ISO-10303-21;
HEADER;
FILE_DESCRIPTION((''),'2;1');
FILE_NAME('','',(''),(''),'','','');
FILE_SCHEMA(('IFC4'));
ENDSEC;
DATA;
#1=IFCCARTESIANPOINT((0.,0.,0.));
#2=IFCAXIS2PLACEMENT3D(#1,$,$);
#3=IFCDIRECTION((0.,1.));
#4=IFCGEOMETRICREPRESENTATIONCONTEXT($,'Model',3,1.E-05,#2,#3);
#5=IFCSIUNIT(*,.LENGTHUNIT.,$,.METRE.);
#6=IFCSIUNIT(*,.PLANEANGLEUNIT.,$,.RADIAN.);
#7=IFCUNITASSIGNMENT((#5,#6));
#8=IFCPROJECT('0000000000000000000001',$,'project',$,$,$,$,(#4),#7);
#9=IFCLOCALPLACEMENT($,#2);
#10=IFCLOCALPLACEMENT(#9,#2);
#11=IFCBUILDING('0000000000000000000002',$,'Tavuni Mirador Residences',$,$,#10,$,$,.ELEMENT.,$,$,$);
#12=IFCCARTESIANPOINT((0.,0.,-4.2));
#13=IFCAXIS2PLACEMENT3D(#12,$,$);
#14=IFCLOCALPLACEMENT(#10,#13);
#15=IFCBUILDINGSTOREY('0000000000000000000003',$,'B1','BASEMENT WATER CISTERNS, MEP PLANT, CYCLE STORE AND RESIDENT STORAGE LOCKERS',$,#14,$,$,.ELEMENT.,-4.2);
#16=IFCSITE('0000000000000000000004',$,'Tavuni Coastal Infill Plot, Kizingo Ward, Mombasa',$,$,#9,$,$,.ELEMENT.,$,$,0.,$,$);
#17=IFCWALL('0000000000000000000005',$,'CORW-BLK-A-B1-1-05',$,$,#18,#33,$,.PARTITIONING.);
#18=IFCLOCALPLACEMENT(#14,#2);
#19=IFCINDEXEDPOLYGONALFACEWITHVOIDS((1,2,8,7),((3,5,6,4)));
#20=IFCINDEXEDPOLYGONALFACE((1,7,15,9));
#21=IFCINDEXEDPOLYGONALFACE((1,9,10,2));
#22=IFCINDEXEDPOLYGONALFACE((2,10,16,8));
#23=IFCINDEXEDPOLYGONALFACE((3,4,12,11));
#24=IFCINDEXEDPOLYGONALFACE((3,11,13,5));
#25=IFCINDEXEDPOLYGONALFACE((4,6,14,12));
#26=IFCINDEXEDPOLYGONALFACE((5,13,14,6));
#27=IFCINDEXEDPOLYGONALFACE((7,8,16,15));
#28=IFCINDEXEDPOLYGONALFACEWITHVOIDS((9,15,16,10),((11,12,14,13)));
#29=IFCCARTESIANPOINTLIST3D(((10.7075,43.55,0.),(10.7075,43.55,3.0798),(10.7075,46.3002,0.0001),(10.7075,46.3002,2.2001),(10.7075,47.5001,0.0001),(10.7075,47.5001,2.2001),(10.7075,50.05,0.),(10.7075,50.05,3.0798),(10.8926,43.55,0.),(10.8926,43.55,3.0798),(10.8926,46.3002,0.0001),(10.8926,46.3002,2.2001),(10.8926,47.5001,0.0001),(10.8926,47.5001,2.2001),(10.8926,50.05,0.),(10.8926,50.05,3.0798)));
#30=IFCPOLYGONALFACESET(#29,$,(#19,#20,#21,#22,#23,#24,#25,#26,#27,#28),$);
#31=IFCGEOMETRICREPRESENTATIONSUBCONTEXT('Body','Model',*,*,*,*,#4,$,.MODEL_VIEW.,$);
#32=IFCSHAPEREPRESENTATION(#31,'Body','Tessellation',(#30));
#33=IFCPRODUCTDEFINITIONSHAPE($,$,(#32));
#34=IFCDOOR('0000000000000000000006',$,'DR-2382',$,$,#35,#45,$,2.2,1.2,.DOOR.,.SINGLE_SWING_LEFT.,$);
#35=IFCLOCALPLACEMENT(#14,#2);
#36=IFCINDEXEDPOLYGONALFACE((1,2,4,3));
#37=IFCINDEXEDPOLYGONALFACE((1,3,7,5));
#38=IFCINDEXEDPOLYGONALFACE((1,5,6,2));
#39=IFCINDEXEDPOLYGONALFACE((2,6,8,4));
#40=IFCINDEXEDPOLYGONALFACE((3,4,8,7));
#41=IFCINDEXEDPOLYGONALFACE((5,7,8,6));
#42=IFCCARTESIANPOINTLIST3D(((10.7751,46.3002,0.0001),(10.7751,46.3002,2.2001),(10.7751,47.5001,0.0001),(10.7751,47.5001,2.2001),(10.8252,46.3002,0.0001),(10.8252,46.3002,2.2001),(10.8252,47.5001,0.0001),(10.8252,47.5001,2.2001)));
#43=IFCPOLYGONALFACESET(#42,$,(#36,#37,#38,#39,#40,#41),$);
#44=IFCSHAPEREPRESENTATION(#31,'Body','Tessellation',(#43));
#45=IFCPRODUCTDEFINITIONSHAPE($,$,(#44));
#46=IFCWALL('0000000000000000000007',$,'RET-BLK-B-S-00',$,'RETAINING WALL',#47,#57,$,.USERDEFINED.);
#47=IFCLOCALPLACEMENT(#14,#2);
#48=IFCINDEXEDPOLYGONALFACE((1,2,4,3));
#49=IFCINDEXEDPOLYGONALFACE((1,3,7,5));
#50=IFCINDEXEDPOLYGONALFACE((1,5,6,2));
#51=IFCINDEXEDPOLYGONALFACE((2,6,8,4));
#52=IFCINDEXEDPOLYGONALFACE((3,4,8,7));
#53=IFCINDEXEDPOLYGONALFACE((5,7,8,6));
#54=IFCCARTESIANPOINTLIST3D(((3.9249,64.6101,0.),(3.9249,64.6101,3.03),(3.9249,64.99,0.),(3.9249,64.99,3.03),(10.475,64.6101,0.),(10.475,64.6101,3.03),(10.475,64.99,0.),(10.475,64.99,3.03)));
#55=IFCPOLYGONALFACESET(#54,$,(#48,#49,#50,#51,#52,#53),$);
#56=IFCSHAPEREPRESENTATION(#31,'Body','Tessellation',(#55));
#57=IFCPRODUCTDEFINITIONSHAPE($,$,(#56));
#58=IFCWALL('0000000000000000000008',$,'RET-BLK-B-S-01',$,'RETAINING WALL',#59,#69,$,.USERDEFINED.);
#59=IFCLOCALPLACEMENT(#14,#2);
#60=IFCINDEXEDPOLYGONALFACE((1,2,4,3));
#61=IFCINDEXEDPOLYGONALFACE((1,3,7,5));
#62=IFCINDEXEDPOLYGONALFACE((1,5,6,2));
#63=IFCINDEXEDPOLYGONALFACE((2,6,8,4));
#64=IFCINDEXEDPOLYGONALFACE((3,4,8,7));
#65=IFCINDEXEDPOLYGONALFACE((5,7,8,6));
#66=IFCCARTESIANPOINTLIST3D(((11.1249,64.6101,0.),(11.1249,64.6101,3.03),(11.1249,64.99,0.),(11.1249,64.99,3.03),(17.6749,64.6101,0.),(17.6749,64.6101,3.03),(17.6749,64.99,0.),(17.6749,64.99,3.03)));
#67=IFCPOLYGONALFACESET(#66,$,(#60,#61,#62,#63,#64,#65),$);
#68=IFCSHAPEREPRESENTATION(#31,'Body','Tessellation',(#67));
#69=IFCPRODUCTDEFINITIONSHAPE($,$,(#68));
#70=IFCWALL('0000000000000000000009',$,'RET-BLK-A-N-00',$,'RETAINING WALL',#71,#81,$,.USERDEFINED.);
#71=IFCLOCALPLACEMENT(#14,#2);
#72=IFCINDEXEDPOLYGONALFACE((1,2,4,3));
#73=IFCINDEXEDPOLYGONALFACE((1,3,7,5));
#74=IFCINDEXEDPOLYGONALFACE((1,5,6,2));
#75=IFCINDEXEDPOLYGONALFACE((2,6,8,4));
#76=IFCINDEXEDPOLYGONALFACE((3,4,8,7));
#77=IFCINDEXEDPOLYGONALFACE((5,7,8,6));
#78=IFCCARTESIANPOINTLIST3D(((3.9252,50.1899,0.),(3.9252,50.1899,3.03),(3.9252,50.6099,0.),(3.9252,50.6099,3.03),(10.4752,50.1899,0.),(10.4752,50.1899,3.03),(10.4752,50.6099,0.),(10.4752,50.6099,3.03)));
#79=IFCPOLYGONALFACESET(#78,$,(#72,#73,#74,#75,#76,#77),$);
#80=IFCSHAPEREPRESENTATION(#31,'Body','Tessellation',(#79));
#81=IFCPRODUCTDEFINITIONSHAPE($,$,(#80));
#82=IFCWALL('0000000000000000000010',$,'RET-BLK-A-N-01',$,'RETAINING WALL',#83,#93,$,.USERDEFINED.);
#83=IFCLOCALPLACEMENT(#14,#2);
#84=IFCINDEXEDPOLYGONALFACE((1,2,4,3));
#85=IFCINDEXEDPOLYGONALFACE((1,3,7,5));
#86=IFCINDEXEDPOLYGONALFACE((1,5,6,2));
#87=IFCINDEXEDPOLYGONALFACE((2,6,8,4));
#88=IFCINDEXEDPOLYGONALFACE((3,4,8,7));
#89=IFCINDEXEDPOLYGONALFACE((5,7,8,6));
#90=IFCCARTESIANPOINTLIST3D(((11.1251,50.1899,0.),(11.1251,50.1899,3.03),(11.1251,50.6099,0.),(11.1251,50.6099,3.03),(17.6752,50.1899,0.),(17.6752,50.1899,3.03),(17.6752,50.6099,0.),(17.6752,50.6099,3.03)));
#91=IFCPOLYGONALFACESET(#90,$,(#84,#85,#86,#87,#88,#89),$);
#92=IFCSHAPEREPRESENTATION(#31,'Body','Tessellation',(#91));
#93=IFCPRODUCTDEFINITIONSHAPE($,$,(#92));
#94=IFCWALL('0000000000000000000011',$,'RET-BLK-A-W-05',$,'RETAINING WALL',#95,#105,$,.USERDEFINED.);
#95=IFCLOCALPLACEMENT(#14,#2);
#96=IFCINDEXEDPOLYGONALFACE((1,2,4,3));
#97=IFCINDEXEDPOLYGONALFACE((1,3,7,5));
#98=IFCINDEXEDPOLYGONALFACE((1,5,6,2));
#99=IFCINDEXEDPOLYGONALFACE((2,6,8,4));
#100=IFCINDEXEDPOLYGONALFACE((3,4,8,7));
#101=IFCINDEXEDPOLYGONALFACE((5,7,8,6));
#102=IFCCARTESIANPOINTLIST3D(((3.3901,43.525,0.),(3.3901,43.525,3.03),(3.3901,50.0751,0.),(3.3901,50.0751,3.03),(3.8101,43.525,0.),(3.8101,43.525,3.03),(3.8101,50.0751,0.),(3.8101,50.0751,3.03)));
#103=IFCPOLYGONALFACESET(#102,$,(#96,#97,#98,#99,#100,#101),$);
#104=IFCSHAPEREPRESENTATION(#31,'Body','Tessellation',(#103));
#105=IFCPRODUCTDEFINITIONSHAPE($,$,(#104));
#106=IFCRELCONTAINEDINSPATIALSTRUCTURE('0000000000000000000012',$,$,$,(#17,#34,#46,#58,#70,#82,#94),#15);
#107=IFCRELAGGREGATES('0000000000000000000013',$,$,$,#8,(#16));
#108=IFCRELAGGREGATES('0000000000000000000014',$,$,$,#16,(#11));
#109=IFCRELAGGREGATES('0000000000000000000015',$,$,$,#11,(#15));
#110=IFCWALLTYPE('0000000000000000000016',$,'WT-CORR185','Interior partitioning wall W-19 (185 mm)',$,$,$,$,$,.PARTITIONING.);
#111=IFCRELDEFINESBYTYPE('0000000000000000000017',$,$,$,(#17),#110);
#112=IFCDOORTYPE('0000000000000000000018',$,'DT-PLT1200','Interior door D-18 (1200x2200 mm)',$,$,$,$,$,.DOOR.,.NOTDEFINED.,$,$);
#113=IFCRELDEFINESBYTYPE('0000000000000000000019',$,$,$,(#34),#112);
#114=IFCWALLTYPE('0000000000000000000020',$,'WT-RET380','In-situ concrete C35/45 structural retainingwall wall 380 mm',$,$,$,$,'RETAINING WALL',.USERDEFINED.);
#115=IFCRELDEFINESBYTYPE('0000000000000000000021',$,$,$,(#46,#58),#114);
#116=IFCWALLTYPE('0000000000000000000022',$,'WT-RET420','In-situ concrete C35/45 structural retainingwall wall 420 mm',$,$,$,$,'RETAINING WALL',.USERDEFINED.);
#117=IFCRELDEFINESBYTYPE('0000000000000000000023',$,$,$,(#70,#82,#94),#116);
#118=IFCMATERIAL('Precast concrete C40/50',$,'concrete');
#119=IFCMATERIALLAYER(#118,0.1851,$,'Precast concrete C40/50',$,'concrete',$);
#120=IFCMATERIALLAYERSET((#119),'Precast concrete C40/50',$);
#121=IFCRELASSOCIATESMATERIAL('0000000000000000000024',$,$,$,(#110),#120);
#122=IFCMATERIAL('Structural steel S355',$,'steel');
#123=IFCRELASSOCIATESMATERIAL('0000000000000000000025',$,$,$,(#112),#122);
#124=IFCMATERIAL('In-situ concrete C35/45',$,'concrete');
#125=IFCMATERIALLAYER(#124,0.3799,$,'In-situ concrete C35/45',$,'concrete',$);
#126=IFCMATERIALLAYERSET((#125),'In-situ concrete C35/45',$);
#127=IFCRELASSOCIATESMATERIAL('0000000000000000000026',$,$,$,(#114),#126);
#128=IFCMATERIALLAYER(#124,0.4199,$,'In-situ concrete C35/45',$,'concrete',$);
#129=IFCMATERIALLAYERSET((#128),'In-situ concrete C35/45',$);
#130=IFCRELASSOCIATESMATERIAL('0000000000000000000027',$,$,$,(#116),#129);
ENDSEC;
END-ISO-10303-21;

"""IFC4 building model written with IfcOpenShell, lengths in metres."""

from ifc_helpers import new_model, si_unit, direction, frame, frame_2d, origin, place, context, subcontext, project, spatial, rectangle, extrude, material, layer, layer_set, type_object, element, fill, save


model = new_model("IFC4")

# Units and contexts
model_context = context("Model", 3, precision=1e-05, world=origin(), true_north=direction((0.0, 1.0)))
body_context = subcontext(model_context, "Body", "Model", "MODEL_VIEW")
ifc_project = project(units=[si_unit("LENGTHUNIT", "METRE"), si_unit("PLANEANGLEUNIT", "RADIAN")], contexts=[model_context])

# Site, building, storey
site_placement = place(None, origin())
site = spatial("IfcSite", under=ifc_project, at=site_placement, Name="Tavuni Coastal Infill Plot, Kizingo Ward, Mombasa", CompositionType="ELEMENT", RefElevation=0.0)
building_placement = place(site_placement, origin())
building = spatial("IfcBuilding", under=site, at=building_placement, Name="Tavuni Mirador Residences", CompositionType="ELEMENT")
storey_placement = place(building_placement, frame((0.0, 0.0, -4.2)))
storey = spatial("IfcBuildingStorey", under=building, at=storey_placement, Name="B1", Description="BASEMENT WATER CISTERNS, MEP PLANT, CYCLE STORE AND RESIDENT STORAGE LOCKERS", CompositionType="ELEMENT", Elevation=-4.2)

# Shared definitions
ifc_material_1 = material(Name="In-situ concrete C35/45", Category="concrete")

# Shared definitions
ifc_material_2 = material(Name="Precast concrete C40/50", Category="concrete")

# Wall, opening, door
ifc_layer_1 = layer(ifc_material_2, 0.1851, Name="Precast concrete C40/50", Category="concrete")
ifc_layer_set_1 = layer_set([ifc_layer_1], Name="Precast concrete C40/50")
wall_type_1 = type_object("IfcWallType", Name="WT-CORR185", Description="Interior partitioning wall W-19 (185 mm)", PredefinedType="PARTITIONING", material=ifc_layer_set_1)
wall_placement = place(storey_placement, frame((10.8, 43.55, 0.0), z_axis=(0.0, 0.0, 1.0), x_axis=(0.0, 1.0, 0.0)))
wall = element("IfcWall", 1, at=wall_placement, inside=storey, type_object=wall_type_1, Name="CORW-BLK-A-B1-1-05", PredefinedType="PARTITIONING", context=body_context, shape_type="SweptSolid", body=[
    extrude(rectangle(XDim=6.5, YDim=0.1851, at=frame_2d((3.25, 0.0))), origin(), (0.0, 0.0, 1.0), 3.0798),
])
opening_placement = place(wall_placement, frame((2.75, 0.0, 0.0)))
opening = element("IfcOpeningElement", 2, at=opening_placement, cuts=wall, PredefinedType="OPENING", context=body_context, shape_type="SweptSolid", body=[
    extrude(rectangle(XDim=1.2, YDim=2.2, at=frame_2d((0.6001, 1.1001))), frame((0.0, 0.1025, 0.0), z_axis=(0.0, -1.0, 0.0), x_axis=(1.0, 0.0, 0.0)), (0.0, 0.0, 1.0), 0.2051),
])
ifc_material_3 = material(Name="Structural steel S355", Category="steel")
door_type = type_object("IfcDoorType", Name="DT-PLT1200", Description="Interior door D-18 (1200x2200 mm)", OperationType="NOTDEFINED", PredefinedType="DOOR", material=ifc_material_3)
door_placement = place(opening_placement, origin())
door = element("IfcDoor", 3, at=door_placement, inside=storey, type_object=door_type, Name="DR-2382", OperationType="SINGLE_SWING_LEFT", OverallHeight=2.2, OverallWidth=1.2, PredefinedType="DOOR", context=body_context, shape_type="SweptSolid", body=[
    extrude(rectangle(XDim=1.2, YDim=2.2, at=frame_2d((0.6001, 1.1001))), frame((0.0, 0.0249, 0.0), z_axis=(0.0, -1.0, 0.0), x_axis=(1.0, 0.0, 0.0)), (0.0, 0.0, 1.0), 0.05),
])
fill(opening, door)

# Walls
ifc_layer_2 = layer(ifc_material_1, 0.3799, Name="In-situ concrete C35/45", Category="concrete")
ifc_layer_set_2 = layer_set([ifc_layer_2], Name="In-situ concrete C35/45")
wall_type_2 = type_object("IfcWallType", Name="WT-RET380", Description="In-situ concrete C35/45 structural retainingwall wall 380 mm", ElementType="RETAINING WALL", PredefinedType="USERDEFINED", material=ifc_layer_set_2)
for number, where, z_axis, x_axis, name in (
    (4, (3.925, 64.8, 0.0), (0.0, 0.0, 1.0), (1.0, 0.0, 0.0), "RET-BLK-B-S-00"),
    (5, (11.125, 64.8, 0.0), (0.0, 0.0, 1.0), (1.0, 0.0, 0.0), "RET-BLK-B-S-01"),
):
    element("IfcWall", number, at=place(storey_placement, frame(where, z_axis=z_axis, x_axis=x_axis)), inside=storey, type_object=wall_type_2, Name=name, ObjectType="RETAINING WALL", PredefinedType="USERDEFINED", context=body_context, shape_type="SweptSolid", body=[
        extrude(rectangle(XDim=6.55, YDim=0.3799, at=frame_2d((3.2749, 0.0))), origin(), (0.0, 0.0, 1.0), 3.03),
    ])
ifc_layer_3 = layer(ifc_material_1, 0.4199, Name="In-situ concrete C35/45", Category="concrete")
ifc_layer_set_3 = layer_set([ifc_layer_3], Name="In-situ concrete C35/45")
wall_type_3 = type_object("IfcWallType", Name="WT-RET420", Description="In-situ concrete C35/45 structural retainingwall wall 420 mm", ElementType="RETAINING WALL", PredefinedType="USERDEFINED", material=ifc_layer_set_3)
for number, where, z_axis, x_axis, name in (
    (6, (10.4751, 50.3999, 0.0), (0.0, 0.0, 1.0), (-1.0, 0.0, 0.0), "RET-BLK-A-N-00"),
    (7, (17.675, 50.3999, 0.0), (0.0, 0.0, 1.0), (-1.0, 0.0, 0.0), "RET-BLK-A-N-01"),
    (8, (3.6001, 50.075, 0.0), (0.0, 0.0, 1.0), (0.0, -1.0, 0.0), "RET-BLK-A-W-05"),
):
    element("IfcWall", number, at=place(storey_placement, frame(where, z_axis=z_axis, x_axis=x_axis)), inside=storey, type_object=wall_type_3, Name=name, ObjectType="RETAINING WALL", PredefinedType="USERDEFINED", context=body_context, shape_type="SweptSolid", body=[
        extrude(rectangle(XDim=6.55, YDim=0.4199, at=frame_2d((3.2749, 0.0))), origin(), (0.0, 0.0, 1.0), 3.03),
    ])

save(model, "model.ifc")
